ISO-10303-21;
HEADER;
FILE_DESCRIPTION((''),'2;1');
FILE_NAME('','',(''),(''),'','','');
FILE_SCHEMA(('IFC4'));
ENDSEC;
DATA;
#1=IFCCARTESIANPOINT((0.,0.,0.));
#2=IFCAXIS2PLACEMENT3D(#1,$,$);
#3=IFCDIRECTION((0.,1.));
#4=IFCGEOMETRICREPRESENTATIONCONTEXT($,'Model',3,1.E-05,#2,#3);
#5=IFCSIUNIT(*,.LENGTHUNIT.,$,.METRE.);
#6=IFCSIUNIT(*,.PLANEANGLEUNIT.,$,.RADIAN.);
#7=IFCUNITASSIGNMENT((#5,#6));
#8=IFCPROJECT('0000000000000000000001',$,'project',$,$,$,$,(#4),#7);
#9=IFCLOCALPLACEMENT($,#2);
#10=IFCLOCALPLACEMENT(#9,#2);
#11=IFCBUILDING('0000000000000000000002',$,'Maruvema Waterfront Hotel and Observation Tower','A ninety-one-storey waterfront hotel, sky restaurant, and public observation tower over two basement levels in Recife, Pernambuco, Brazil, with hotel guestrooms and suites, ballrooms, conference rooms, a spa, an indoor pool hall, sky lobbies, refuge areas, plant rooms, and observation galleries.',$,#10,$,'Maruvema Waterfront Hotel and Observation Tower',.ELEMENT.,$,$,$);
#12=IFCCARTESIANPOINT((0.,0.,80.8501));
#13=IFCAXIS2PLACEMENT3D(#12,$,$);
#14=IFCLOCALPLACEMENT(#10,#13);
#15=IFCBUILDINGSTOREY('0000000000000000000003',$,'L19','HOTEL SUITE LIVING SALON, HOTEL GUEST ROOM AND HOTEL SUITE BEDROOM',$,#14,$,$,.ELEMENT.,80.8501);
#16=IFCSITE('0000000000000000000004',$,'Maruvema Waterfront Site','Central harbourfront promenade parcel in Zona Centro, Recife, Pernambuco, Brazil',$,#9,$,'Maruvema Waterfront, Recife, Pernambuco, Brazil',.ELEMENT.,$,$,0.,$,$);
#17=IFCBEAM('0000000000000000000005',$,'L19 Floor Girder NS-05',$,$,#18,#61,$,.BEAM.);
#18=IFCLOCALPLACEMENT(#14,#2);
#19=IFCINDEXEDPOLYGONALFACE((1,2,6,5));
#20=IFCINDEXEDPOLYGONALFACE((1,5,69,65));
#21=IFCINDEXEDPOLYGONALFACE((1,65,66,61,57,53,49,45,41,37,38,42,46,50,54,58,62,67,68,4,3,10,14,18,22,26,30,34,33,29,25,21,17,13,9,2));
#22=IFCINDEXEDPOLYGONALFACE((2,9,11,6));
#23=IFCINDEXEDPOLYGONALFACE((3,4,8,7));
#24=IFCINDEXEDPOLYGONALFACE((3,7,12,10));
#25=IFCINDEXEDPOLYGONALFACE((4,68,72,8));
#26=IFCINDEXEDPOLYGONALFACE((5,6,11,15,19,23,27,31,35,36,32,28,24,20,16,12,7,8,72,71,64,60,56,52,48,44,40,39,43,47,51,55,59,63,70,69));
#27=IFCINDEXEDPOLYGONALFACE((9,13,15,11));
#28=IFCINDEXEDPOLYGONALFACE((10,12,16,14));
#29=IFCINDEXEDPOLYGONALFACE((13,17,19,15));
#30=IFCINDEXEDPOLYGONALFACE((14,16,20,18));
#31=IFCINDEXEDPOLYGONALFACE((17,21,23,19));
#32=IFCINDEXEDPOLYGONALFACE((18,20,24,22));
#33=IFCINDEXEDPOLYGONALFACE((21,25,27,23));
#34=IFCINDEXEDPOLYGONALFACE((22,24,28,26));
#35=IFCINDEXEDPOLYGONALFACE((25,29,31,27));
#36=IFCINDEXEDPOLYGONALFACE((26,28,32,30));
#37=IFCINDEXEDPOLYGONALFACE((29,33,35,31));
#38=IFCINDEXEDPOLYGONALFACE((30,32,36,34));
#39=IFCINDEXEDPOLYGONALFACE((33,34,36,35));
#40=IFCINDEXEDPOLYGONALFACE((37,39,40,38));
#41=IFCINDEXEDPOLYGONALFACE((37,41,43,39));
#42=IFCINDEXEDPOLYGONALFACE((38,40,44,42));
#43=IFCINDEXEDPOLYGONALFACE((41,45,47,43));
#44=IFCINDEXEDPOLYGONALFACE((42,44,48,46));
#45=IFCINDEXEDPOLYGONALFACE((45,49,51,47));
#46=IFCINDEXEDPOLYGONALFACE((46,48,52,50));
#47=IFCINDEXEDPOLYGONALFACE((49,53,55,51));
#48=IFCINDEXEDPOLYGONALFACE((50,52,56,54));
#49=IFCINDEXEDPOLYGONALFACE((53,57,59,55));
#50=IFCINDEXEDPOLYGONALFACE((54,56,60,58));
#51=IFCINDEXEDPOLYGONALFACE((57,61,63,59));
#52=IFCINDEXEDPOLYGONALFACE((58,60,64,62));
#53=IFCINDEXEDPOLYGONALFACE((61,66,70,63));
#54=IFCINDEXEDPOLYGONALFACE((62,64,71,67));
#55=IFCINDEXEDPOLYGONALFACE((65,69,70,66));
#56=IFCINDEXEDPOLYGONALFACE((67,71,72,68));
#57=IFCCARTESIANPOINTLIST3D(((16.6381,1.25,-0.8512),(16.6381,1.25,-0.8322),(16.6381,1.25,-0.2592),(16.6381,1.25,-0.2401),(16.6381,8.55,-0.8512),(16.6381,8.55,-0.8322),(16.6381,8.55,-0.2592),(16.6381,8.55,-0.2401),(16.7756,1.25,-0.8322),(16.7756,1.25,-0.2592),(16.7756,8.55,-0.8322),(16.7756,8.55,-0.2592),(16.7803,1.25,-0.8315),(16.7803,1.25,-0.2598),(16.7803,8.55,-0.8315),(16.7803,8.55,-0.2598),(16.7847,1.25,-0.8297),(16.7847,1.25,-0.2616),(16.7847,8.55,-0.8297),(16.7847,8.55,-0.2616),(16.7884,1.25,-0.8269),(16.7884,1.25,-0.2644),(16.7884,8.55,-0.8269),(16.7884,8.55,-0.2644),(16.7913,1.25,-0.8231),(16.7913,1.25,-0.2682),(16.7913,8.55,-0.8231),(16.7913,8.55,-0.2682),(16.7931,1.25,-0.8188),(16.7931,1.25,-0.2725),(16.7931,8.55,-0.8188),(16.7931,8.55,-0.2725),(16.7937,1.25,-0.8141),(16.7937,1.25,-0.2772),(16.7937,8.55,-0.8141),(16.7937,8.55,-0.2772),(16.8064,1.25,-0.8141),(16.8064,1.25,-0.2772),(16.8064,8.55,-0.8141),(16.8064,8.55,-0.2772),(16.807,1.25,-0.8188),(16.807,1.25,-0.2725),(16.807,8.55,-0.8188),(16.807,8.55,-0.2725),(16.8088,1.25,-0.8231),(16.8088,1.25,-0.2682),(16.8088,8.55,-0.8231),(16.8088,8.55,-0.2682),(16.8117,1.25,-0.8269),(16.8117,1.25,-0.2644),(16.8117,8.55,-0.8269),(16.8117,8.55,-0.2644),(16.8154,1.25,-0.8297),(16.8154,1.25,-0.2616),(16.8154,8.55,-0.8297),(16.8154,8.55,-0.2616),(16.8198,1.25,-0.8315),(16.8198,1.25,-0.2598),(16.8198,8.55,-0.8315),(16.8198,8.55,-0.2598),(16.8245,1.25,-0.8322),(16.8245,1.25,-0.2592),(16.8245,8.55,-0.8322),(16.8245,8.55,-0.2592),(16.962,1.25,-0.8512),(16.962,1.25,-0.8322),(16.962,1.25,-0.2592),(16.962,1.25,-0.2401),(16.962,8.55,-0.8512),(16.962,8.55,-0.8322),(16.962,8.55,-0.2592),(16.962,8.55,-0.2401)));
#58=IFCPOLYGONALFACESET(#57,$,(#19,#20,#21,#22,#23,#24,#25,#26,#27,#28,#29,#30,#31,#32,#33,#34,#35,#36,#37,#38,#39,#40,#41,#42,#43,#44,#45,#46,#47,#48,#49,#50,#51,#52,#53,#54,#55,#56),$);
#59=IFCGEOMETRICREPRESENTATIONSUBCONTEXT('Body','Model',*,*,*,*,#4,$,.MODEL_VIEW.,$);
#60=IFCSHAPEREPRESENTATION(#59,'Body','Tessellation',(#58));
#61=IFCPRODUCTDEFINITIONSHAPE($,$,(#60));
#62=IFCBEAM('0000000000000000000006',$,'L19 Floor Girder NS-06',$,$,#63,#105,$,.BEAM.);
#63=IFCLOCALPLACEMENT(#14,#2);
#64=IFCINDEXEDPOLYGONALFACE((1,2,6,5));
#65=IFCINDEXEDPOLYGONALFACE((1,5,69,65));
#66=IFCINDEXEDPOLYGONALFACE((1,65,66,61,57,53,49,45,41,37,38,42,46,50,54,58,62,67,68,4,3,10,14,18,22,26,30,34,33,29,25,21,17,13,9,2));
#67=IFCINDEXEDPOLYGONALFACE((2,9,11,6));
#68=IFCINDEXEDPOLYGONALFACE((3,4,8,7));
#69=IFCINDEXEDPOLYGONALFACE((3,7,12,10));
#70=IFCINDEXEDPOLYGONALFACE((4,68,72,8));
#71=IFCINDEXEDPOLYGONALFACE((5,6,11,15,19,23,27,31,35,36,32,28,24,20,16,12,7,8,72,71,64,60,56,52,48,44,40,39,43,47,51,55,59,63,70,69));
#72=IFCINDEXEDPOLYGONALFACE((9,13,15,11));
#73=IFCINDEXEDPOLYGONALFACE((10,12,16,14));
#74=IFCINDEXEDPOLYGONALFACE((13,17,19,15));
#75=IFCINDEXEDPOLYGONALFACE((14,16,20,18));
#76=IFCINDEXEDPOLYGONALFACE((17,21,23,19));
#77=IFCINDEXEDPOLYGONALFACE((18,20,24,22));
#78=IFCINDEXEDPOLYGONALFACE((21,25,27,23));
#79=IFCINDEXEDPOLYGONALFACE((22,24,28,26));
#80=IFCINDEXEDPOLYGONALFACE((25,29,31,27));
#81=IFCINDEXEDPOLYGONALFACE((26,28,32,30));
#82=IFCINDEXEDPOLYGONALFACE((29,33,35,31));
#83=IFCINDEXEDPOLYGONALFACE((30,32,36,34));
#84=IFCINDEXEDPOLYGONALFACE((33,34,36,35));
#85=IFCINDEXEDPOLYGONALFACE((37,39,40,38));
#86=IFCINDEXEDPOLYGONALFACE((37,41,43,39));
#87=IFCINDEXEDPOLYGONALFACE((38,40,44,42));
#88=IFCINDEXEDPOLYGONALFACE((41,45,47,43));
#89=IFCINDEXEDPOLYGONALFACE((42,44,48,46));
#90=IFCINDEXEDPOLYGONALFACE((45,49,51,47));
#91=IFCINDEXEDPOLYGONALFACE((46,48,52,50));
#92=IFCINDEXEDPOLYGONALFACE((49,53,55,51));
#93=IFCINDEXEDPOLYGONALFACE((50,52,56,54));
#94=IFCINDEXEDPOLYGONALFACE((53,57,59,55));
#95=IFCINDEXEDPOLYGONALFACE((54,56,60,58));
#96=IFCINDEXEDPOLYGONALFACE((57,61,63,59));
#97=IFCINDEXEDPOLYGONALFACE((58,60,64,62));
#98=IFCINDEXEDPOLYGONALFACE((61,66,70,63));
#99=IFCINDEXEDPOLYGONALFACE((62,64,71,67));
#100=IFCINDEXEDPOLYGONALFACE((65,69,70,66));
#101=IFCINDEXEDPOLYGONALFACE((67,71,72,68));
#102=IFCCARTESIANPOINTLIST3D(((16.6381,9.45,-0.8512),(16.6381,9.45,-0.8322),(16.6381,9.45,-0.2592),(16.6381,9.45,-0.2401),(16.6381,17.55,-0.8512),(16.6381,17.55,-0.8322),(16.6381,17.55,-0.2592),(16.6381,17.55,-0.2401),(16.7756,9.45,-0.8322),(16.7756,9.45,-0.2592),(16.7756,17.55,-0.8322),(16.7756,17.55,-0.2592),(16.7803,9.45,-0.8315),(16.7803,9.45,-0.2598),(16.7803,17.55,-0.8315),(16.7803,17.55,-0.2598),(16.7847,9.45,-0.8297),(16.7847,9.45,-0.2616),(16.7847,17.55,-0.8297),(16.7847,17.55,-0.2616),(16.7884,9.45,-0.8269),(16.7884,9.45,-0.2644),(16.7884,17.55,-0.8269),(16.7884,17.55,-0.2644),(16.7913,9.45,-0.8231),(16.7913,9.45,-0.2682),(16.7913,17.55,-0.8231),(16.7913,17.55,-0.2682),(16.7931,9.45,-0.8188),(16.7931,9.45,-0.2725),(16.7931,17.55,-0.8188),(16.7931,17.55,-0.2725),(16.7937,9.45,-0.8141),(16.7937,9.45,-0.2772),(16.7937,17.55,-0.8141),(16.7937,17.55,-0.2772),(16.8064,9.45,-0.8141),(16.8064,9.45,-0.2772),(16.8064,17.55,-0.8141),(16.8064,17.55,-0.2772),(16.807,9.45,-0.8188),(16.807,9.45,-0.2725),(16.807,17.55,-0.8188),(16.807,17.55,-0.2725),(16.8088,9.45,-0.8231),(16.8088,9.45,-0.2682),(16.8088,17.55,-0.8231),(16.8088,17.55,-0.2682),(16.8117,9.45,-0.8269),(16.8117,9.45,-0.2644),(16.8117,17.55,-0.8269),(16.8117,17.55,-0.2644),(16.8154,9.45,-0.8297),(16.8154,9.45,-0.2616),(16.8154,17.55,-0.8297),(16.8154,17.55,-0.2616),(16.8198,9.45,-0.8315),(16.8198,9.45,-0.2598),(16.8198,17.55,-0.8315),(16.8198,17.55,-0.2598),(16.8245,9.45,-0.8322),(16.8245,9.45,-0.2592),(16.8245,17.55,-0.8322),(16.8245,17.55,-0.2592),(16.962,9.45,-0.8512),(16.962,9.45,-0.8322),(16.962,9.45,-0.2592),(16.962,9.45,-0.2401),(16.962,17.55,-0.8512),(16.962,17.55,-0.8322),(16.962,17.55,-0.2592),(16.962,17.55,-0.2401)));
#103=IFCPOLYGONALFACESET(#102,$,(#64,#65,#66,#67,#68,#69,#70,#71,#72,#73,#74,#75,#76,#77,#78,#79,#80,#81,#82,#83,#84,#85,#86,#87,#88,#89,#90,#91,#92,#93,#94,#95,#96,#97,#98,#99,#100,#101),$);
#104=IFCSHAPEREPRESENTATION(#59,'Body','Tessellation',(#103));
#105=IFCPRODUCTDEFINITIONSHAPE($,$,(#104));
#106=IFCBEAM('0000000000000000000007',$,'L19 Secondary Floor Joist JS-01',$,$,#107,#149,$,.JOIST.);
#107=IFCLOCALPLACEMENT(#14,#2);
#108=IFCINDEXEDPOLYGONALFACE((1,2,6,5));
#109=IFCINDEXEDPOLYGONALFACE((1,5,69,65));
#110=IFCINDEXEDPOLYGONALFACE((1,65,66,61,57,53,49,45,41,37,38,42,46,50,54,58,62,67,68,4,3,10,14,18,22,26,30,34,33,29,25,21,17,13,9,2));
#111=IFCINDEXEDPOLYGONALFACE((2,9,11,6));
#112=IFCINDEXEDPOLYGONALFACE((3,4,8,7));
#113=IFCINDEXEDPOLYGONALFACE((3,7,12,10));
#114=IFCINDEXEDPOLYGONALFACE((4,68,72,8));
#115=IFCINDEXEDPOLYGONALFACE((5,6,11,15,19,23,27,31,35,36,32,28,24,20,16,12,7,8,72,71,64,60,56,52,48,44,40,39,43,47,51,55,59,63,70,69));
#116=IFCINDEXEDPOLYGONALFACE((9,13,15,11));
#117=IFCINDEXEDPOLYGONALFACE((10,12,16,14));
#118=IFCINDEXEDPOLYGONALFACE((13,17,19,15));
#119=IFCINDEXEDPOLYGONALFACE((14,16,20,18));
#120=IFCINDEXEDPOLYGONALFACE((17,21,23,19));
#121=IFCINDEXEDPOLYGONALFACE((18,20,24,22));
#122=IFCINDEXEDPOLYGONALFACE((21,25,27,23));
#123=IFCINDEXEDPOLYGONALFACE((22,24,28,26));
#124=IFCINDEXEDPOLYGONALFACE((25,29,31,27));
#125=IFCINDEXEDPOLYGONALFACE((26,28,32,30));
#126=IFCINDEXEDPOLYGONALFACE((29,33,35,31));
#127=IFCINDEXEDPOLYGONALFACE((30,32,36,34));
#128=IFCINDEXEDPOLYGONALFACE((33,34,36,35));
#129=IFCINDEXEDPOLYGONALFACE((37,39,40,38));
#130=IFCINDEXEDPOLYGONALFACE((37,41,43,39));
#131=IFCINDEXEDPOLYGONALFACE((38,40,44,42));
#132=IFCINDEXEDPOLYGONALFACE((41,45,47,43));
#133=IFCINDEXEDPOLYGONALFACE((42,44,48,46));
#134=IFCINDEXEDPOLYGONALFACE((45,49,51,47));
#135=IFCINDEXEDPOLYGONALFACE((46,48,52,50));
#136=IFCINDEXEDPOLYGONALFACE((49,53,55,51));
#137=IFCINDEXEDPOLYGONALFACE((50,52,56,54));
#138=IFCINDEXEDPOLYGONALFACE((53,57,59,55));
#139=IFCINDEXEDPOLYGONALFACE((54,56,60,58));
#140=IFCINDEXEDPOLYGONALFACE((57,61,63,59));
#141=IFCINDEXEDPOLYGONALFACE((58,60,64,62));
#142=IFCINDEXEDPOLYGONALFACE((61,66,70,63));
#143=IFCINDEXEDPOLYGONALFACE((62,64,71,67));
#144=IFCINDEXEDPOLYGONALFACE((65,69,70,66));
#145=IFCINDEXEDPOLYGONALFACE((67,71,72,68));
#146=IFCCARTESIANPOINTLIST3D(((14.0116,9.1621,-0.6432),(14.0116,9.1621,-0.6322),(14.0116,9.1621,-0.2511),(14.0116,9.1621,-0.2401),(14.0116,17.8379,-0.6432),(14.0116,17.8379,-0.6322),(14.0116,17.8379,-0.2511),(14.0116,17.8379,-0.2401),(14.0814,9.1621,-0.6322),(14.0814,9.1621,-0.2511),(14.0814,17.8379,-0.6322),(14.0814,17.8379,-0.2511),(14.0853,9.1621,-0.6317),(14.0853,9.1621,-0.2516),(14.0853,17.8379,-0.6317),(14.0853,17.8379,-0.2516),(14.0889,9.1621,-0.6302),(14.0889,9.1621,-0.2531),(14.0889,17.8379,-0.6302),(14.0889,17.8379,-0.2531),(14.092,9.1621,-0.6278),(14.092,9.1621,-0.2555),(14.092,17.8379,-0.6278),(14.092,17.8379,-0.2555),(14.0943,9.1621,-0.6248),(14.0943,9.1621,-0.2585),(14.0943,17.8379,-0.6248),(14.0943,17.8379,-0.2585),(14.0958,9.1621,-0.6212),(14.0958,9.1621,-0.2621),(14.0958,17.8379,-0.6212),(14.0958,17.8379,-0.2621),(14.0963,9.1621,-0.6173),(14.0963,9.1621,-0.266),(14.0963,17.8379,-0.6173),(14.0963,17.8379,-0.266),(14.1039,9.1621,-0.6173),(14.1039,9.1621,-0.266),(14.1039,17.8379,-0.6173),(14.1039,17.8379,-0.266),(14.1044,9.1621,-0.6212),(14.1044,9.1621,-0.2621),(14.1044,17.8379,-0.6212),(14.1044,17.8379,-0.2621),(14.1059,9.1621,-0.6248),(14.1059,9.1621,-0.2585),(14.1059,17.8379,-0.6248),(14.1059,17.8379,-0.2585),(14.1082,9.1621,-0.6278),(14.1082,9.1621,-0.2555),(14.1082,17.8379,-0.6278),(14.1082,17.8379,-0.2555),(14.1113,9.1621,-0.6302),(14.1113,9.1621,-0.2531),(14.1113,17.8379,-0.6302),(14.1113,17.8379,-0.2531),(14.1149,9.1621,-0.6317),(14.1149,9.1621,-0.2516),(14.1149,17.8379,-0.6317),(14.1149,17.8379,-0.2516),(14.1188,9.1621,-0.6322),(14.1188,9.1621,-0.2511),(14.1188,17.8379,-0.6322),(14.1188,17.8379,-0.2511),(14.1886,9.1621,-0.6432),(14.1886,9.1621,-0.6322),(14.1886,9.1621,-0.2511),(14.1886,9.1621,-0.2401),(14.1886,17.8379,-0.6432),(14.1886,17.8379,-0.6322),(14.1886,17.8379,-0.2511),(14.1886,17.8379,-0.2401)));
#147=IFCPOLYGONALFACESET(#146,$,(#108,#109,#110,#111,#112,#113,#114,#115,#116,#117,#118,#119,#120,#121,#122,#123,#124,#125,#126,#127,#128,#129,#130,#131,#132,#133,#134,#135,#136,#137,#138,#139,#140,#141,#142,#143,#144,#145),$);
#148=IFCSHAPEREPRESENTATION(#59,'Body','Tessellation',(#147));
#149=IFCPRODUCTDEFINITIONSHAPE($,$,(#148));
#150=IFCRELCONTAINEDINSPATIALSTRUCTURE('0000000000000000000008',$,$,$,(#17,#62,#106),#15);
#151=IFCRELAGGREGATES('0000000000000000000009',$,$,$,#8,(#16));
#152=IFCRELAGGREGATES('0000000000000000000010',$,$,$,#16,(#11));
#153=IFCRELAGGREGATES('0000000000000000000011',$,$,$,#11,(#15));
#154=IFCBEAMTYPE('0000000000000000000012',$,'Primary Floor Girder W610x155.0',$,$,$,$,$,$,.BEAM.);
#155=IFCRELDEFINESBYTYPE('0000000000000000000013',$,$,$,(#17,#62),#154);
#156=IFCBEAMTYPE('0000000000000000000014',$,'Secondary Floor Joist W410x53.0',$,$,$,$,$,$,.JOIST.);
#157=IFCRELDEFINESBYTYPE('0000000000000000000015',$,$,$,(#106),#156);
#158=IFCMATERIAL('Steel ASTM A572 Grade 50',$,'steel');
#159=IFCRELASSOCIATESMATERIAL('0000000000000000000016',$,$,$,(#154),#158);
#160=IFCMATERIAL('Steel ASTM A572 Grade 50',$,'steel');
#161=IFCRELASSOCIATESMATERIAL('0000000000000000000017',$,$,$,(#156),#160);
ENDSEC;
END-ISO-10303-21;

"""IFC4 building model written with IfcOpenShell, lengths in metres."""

from ifc_helpers import new_model, si_unit, direction, frame, origin, origin_2d, place, context, subcontext, project, spatial, i_section, extrude, material, material_profile, profile_set, type_object, element, save


model = new_model("IFC4")

# Units and contexts
model_context = context("Model", 3, precision=1e-05, world=origin(), true_north=direction((0.0, 1.0)))
body_context = subcontext(model_context, "Body", "Model", "MODEL_VIEW")
ifc_project = project(units=[si_unit("LENGTHUNIT", "METRE"), si_unit("PLANEANGLEUNIT", "RADIAN")], contexts=[model_context])

# Site, building, storey
site_placement = place(None, origin())
site = spatial("IfcSite", under=ifc_project, at=site_placement, Name="Maruvema Waterfront Site", Description="Central harbourfront promenade parcel in Zona Centro, Recife, Pernambuco, Brazil", LongName="Maruvema Waterfront, Recife, Pernambuco, Brazil", CompositionType="ELEMENT", RefElevation=0.0)
building_placement = place(site_placement, origin())
building = spatial("IfcBuilding", under=site, at=building_placement, Name="Maruvema Waterfront Hotel and Observation Tower", Description="A ninety-one-storey waterfront hotel, sky restaurant, and public observation tower over two basement levels in Recife, Pernambuco, Brazil, with hotel guestrooms and suites, ballrooms, conference rooms, a spa, an indoor pool hall, sky lobbies, refuge areas, plant rooms, and observation galleries.", LongName="Maruvema Waterfront Hotel and Observation Tower", CompositionType="ELEMENT")
storey_placement = place(building_placement, frame((0.0, 0.0, 80.8501)))
storey = spatial("IfcBuildingStorey", under=building, at=storey_placement, Name="L19", Description="HOTEL SUITE LIVING SALON, HOTEL GUEST ROOM AND HOTEL SUITE BEDROOM", CompositionType="ELEMENT", Elevation=80.8501)

# Beams
ifc_material_1 = material(Name="Steel ASTM A572 Grade 50", Category="steel")
ifc_material_profile_1 = material_profile(ifc_material_1, i_section(OverallWidth=0.324, OverallDepth=0.6111, WebThickness=0.0127, FlangeThickness=0.019, FilletRadius=0.0181, at=origin_2d()), Name="W610x155.0")
ifc_profile_set_1 = profile_set([ifc_material_profile_1], Name="Steel ASTM A572 Grade 50")
beam_type_1 = type_object("IfcBeamType", Name="Primary Floor Girder W610x155.0", PredefinedType="BEAM", material=ifc_profile_set_1)
beam_1_placement = place(storey_placement, frame((16.8, 1.25, -0.5457), z_axis=(0.0, 1.0, 0.0), x_axis=(-1.0, 0.0, 0.0)))
element("IfcBeam", 1, at=beam_1_placement, inside=storey, type_object=beam_type_1, Name="L19 Floor Girder NS-05", PredefinedType="BEAM", context=body_context, shape_type="SweptSolid", body=[
    extrude(i_section(OverallWidth=0.324, OverallDepth=0.6111, WebThickness=0.0127, FlangeThickness=0.019, FilletRadius=0.0181, at=origin_2d()), origin(), (0.0, 0.0, 1.0), 7.3),
])
beam_2_placement = place(storey_placement, frame((16.8, 9.45, -0.5457), z_axis=(0.0, 1.0, 0.0), x_axis=(-1.0, 0.0, 0.0)))
element("IfcBeam", 2, at=beam_2_placement, inside=storey, type_object=beam_type_1, Name="L19 Floor Girder NS-06", PredefinedType="BEAM", context=body_context, shape_type="SweptSolid", body=[
    extrude(i_section(OverallWidth=0.324, OverallDepth=0.6111, WebThickness=0.0127, FlangeThickness=0.019, FilletRadius=0.0181, at=origin_2d()), origin(), (0.0, 0.0, 1.0), 8.1001),
])
ifc_material_2 = material(Name="Steel ASTM A572 Grade 50", Category="steel")
ifc_material_profile_2 = material_profile(ifc_material_2, i_section(OverallWidth=0.177, OverallDepth=0.4031, WebThickness=0.0076, FlangeThickness=0.011, FilletRadius=0.0149, at=origin_2d()), Name="W410x53.0")
ifc_profile_set_2 = profile_set([ifc_material_profile_2], Name="Steel ASTM A572 Grade 50")
beam_type_2 = type_object("IfcBeamType", Name="Secondary Floor Joist W410x53.0", PredefinedType="JOIST", material=ifc_profile_set_2)
beam_3_placement = place(storey_placement, frame((14.1001, 9.1621, -0.4417), z_axis=(0.0, 1.0, 0.0), x_axis=(-1.0, 0.0, 0.0)))
element("IfcBeam", 3, at=beam_3_placement, inside=storey, type_object=beam_type_2, Name="L19 Secondary Floor Joist JS-01", PredefinedType="JOIST", context=body_context, shape_type="SweptSolid", body=[
    extrude(i_section(OverallWidth=0.177, OverallDepth=0.4031, WebThickness=0.0076, FlangeThickness=0.011, FilletRadius=0.0149, at=origin_2d()), origin(), (0.0, 0.0, 1.0), 8.6758),
])

save(model, "model.ifc")
